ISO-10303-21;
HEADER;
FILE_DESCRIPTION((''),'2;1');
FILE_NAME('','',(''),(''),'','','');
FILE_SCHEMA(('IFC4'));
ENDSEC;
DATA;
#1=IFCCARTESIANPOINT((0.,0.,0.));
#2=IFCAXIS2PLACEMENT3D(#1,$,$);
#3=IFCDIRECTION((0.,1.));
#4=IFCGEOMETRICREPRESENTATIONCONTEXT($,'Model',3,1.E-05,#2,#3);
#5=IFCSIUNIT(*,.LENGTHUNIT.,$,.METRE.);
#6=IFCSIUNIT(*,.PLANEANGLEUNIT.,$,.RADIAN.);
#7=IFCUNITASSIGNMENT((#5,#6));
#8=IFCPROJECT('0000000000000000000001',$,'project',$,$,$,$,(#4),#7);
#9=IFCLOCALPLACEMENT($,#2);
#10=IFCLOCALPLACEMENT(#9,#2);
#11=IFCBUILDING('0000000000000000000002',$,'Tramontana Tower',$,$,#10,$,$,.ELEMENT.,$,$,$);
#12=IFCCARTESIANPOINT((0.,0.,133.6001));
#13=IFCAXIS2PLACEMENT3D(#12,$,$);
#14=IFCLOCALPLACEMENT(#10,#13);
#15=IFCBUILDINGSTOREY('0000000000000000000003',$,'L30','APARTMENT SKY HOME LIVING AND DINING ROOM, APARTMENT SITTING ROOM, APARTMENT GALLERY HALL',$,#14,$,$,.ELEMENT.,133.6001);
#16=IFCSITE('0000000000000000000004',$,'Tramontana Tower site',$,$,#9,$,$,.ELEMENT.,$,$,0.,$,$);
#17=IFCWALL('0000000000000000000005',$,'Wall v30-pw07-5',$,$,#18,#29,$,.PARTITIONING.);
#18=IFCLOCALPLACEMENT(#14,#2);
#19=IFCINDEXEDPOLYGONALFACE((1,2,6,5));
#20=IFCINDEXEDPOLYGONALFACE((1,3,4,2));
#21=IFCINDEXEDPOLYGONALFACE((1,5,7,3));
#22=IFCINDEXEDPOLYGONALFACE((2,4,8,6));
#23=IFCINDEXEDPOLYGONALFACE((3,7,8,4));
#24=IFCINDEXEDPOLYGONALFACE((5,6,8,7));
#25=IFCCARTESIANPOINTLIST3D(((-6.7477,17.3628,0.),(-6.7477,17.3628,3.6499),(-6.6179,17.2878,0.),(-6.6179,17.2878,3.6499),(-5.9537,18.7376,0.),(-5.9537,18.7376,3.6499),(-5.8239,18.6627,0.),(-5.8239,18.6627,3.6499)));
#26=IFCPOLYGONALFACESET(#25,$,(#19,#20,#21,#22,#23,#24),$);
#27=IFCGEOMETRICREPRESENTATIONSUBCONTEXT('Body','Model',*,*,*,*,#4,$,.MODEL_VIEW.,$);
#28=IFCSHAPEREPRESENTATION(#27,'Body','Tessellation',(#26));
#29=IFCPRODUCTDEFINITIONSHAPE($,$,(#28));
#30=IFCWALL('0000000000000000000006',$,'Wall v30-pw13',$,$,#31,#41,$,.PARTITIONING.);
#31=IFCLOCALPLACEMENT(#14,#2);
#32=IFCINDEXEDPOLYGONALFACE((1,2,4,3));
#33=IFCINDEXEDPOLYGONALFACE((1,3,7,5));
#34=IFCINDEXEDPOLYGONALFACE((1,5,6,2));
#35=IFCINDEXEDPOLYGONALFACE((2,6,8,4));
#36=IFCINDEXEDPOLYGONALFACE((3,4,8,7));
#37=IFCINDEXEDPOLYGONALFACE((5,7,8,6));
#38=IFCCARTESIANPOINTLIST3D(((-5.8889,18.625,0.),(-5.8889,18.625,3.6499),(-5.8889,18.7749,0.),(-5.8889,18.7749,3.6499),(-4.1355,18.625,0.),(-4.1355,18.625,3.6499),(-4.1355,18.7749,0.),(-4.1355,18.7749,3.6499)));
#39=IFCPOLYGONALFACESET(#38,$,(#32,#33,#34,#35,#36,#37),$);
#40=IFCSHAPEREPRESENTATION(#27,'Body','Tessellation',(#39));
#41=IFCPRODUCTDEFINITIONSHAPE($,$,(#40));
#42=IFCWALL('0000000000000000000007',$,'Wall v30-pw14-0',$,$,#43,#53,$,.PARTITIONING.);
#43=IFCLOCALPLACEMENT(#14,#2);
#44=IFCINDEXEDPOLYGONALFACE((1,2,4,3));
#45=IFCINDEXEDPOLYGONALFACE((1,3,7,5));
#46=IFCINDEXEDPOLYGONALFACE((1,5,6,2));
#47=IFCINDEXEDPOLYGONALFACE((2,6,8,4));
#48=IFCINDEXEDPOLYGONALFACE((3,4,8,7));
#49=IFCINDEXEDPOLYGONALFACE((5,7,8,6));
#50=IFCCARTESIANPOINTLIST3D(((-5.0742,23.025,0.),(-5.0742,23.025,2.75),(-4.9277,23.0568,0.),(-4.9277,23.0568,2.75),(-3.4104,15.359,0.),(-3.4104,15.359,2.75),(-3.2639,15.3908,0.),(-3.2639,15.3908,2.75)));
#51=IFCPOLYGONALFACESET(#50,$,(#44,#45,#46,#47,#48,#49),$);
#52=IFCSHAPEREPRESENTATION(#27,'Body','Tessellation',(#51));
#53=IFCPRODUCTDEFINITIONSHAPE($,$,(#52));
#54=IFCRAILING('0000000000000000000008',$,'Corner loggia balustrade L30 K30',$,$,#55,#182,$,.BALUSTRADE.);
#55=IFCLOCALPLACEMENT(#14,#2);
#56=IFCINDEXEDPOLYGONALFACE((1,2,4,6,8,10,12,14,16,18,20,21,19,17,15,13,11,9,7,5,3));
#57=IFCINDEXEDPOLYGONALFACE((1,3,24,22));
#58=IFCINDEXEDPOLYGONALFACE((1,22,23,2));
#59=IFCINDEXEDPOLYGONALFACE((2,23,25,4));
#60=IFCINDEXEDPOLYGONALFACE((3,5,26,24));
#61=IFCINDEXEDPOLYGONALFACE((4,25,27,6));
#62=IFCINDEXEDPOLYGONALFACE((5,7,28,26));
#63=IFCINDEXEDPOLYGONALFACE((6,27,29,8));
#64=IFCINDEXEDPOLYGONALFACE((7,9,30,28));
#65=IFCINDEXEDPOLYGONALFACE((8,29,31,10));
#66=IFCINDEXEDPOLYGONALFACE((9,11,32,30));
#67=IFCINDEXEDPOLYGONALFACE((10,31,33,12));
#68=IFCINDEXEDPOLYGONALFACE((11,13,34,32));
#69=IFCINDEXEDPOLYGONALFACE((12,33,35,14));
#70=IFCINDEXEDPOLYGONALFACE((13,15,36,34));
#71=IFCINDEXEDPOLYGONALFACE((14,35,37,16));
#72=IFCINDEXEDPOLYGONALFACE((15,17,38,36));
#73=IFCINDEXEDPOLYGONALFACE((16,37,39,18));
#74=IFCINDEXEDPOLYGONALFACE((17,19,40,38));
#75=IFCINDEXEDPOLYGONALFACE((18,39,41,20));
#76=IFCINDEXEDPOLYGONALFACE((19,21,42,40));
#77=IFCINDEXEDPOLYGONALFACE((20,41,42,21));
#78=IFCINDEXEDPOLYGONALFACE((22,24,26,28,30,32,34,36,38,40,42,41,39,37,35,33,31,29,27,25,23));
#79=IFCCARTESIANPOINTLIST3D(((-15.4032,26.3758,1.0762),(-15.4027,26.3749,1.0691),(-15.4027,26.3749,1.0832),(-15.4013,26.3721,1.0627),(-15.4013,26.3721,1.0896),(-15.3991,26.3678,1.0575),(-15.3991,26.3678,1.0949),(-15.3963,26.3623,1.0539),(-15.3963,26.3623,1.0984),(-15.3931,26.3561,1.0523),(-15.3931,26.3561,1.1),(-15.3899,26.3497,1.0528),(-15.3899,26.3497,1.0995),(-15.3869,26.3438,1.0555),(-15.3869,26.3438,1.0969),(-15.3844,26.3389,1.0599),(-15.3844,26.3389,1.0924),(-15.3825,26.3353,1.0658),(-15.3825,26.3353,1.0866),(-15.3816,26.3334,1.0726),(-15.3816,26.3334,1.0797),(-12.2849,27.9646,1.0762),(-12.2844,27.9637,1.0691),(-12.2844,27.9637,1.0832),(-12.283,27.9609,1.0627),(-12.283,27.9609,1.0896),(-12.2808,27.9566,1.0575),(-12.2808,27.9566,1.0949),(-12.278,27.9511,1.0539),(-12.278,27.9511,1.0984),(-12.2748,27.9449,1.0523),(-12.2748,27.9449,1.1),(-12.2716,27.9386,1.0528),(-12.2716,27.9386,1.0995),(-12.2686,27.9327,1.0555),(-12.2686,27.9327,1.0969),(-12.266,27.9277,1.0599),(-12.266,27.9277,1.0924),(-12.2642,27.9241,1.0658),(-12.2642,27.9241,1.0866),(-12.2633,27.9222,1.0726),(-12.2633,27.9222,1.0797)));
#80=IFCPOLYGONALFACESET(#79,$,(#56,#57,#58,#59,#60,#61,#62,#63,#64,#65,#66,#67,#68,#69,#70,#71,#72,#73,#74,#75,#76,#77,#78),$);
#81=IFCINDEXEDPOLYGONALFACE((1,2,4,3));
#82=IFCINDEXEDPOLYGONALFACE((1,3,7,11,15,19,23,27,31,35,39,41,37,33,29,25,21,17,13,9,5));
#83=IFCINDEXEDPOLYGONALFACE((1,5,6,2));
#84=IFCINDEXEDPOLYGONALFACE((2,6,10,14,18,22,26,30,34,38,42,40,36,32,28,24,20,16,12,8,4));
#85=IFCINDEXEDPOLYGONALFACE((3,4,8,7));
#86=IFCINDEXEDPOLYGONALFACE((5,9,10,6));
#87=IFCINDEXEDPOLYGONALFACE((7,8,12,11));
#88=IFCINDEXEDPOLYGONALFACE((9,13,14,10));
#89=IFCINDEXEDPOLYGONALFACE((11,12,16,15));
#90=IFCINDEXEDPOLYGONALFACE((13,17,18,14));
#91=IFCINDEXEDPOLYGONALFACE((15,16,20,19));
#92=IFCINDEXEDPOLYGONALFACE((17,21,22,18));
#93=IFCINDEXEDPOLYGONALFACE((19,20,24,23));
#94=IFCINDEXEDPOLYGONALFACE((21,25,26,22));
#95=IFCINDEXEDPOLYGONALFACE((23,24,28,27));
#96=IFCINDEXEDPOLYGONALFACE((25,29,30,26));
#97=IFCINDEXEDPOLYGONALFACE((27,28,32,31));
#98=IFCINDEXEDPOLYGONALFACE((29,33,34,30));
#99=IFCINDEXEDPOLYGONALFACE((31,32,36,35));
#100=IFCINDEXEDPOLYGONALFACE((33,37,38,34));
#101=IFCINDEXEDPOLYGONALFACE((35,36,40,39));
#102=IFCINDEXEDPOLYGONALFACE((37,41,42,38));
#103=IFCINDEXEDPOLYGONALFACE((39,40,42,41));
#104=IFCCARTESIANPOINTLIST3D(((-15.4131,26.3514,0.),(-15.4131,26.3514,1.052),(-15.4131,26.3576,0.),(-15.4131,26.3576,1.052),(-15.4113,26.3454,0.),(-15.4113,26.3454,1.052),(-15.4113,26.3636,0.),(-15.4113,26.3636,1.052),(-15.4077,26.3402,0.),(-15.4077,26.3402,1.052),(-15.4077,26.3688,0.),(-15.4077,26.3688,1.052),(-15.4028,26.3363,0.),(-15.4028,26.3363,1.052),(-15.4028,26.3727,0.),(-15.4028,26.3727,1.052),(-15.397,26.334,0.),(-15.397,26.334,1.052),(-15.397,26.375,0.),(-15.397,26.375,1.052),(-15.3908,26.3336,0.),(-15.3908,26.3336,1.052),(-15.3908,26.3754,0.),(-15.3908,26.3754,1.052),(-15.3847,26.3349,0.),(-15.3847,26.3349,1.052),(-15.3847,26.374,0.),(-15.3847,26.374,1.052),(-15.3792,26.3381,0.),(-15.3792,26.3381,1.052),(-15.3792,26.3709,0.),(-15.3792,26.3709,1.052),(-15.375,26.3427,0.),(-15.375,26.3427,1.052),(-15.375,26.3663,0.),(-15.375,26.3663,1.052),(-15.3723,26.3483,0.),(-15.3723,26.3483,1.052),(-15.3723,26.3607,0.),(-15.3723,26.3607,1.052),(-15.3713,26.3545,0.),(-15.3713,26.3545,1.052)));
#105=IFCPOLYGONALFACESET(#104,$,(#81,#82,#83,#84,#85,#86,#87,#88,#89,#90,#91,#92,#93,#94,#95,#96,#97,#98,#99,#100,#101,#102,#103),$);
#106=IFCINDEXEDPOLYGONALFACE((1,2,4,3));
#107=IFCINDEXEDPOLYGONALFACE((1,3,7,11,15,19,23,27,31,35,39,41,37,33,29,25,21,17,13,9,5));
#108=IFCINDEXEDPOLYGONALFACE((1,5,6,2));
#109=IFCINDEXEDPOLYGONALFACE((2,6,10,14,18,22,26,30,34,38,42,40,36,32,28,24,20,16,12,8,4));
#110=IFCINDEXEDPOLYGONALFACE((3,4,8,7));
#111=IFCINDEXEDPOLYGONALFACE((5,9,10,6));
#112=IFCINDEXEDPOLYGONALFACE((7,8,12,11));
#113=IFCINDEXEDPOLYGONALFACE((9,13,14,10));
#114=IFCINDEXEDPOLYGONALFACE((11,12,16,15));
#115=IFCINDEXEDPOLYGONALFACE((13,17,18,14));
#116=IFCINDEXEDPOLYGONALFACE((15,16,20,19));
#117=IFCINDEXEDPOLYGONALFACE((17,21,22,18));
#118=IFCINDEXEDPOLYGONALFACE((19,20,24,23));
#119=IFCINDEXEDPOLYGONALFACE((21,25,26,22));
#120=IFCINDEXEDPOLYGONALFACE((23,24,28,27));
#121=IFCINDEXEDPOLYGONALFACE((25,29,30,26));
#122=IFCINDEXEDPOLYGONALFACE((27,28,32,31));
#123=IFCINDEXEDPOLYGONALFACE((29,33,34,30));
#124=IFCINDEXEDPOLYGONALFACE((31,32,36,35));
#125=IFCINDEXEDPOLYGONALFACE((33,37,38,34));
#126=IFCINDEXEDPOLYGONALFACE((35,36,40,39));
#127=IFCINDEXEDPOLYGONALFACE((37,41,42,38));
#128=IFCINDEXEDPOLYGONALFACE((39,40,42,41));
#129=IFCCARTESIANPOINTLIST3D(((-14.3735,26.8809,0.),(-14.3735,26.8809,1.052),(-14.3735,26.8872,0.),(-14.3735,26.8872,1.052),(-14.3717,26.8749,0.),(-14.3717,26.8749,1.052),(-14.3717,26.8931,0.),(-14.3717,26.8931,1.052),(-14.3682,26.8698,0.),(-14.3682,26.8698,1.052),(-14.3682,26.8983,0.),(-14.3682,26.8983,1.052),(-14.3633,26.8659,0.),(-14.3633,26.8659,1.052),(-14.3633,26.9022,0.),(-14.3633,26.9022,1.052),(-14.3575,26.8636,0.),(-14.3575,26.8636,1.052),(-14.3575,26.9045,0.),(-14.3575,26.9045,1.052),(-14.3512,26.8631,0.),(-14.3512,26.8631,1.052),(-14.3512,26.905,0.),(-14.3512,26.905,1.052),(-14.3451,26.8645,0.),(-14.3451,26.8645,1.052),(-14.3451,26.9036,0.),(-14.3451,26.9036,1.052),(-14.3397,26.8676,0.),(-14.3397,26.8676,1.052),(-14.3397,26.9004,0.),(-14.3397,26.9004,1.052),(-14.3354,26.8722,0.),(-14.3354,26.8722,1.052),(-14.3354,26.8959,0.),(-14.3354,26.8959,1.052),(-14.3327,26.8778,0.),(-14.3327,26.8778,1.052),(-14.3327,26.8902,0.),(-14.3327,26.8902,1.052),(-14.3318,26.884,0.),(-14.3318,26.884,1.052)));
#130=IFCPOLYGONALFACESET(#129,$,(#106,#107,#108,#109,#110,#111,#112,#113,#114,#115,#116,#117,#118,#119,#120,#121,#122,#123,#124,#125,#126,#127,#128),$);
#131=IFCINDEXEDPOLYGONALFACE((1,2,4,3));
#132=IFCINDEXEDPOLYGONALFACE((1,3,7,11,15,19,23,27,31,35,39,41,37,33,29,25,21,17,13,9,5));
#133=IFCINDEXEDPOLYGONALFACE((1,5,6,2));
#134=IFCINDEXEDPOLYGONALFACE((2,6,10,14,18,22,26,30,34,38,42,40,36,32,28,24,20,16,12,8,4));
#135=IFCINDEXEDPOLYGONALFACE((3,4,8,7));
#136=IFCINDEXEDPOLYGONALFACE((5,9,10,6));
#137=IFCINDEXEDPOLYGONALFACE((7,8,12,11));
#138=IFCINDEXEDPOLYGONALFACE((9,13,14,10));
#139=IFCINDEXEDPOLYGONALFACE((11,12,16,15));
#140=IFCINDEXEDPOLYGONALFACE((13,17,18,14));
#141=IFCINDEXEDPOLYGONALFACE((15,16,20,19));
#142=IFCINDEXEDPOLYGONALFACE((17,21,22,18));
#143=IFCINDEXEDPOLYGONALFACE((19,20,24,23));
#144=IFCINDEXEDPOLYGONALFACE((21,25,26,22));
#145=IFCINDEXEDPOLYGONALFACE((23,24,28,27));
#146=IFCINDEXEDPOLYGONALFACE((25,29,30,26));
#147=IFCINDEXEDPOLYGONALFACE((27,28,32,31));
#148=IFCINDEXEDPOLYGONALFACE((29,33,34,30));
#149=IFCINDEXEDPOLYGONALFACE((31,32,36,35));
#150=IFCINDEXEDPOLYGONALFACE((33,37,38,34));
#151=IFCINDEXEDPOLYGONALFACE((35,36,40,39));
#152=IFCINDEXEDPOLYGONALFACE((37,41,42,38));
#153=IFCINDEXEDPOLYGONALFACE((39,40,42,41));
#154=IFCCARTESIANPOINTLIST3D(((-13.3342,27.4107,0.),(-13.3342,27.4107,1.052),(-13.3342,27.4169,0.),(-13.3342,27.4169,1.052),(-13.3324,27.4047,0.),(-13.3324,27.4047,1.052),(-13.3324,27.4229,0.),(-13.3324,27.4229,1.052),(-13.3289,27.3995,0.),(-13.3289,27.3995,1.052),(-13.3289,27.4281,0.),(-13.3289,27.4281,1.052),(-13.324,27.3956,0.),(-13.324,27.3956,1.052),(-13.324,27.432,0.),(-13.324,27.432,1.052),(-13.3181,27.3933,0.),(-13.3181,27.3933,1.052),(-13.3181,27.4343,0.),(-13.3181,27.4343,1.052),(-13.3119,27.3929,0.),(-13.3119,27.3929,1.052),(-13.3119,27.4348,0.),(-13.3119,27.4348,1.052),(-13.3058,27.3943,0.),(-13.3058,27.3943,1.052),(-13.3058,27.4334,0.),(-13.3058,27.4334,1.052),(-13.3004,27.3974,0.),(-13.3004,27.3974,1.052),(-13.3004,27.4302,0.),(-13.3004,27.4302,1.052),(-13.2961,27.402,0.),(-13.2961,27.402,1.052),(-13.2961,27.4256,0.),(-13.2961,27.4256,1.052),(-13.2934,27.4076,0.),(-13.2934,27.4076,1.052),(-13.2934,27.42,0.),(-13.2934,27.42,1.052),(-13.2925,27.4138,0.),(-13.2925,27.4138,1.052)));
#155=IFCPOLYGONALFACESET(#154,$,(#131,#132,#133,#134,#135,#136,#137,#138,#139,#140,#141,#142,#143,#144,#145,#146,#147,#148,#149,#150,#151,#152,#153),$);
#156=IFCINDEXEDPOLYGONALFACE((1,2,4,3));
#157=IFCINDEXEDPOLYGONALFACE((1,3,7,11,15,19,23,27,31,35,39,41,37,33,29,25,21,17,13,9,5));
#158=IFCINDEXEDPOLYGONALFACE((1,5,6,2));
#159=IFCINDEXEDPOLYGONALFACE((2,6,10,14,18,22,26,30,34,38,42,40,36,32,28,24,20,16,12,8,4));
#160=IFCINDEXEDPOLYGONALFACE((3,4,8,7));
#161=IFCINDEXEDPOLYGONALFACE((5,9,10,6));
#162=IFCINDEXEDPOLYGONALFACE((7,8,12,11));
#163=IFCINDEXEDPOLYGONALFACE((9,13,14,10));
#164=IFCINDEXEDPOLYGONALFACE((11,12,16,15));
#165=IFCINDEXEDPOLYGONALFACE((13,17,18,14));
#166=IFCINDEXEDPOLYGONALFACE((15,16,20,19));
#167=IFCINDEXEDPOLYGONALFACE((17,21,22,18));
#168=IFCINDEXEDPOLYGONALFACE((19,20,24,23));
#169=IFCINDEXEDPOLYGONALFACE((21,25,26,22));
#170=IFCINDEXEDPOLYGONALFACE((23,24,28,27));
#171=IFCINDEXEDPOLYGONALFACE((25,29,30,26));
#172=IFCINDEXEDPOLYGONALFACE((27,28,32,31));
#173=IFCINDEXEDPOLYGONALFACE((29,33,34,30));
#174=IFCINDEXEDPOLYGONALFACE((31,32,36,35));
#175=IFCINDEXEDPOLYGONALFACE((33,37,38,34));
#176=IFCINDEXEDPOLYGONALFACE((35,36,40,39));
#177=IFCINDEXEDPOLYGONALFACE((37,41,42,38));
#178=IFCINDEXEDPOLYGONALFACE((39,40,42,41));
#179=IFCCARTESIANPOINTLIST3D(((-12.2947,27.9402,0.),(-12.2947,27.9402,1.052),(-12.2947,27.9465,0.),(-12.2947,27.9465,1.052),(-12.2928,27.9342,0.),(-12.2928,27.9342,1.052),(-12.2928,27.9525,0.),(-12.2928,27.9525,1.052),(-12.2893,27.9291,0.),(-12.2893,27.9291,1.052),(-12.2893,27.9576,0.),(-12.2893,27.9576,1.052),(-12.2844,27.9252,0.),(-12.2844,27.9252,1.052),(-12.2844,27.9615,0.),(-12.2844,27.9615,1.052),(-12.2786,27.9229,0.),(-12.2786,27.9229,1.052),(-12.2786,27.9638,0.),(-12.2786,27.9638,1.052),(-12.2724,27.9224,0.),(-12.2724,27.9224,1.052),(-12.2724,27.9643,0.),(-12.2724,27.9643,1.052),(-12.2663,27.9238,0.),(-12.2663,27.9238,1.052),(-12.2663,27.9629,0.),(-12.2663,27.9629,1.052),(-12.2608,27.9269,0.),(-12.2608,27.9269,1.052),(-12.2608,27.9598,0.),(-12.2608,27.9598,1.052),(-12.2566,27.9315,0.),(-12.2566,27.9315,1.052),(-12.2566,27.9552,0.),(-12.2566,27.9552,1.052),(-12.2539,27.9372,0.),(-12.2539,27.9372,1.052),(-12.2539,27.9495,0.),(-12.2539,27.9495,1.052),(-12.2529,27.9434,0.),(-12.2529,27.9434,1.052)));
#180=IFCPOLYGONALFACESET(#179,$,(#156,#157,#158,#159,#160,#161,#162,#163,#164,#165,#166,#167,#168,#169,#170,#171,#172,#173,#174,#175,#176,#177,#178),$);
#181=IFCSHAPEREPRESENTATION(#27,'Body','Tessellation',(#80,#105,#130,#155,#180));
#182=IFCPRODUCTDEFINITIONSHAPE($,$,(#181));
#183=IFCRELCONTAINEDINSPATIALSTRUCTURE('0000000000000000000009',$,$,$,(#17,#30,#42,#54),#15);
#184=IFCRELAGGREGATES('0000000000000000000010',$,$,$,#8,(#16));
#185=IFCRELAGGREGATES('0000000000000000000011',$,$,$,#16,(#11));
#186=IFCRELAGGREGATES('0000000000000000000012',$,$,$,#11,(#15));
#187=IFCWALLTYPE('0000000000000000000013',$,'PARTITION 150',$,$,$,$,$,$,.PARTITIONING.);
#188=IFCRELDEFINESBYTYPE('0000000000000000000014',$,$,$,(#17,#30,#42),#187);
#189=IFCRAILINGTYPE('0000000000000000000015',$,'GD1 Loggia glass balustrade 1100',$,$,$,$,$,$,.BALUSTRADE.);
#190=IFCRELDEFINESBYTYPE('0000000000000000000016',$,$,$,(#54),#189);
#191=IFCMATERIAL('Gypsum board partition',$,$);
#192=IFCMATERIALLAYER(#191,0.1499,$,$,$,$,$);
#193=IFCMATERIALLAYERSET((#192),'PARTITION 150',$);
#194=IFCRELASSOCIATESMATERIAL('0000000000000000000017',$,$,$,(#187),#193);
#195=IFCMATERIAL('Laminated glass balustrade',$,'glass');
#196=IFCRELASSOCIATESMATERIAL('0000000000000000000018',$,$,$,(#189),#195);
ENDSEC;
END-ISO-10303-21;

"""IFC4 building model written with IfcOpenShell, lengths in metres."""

from ifc_helpers import new_model, si_unit, direction, frame, frame_2d, origin, origin_2d, place, context, subcontext, project, spatial, rectangle, circle, extrude, material, layer, layer_set, type_object, element, save


model = new_model("IFC4")

# Units and contexts
model_context = context("Model", 3, precision=1e-05, world=origin(), true_north=direction((0.0, 1.0)))
body_context = subcontext(model_context, "Body", "Model", "MODEL_VIEW")
ifc_project = project(units=[si_unit("LENGTHUNIT", "METRE"), si_unit("PLANEANGLEUNIT", "RADIAN")], contexts=[model_context])

# Site, building, storey
site_placement = place(None, origin())
site = spatial("IfcSite", under=ifc_project, at=site_placement, Name="Tramontana Tower site", CompositionType="ELEMENT", RefElevation=0.0)
building_placement = place(site_placement, origin())
building = spatial("IfcBuilding", under=site, at=building_placement, Name="Tramontana Tower", CompositionType="ELEMENT")
storey_placement = place(building_placement, frame((0.0, 0.0, 133.6001)))
storey = spatial("IfcBuildingStorey", under=building, at=storey_placement, Name="L30", Description="APARTMENT SKY HOME LIVING AND DINING ROOM, APARTMENT SITTING ROOM, APARTMENT GALLERY HALL", CompositionType="ELEMENT", Elevation=133.6001)

# Walls
ifc_material_1 = material(Name="Gypsum board partition")
ifc_layer_1 = layer(ifc_material_1, 0.1499)
ifc_layer_set_1 = layer_set([ifc_layer_1], Name="PARTITION 150")
wall_type_1 = type_object("IfcWallType", Name="PARTITION 150", PredefinedType="PARTITIONING", material=ifc_layer_set_1)
wall_1_placement = place(storey_placement, frame((-6.6829, 17.3252, 0.0), z_axis=(0.0, 0.0, 1.0), x_axis=(0.500108, 0.865963, 0.0)))
element("IfcWall", 1, at=wall_1_placement, inside=storey, type_object=wall_type_1, Name="Wall v30-pw07-5", PredefinedType="PARTITIONING", context=body_context, shape_type="SweptSolid", body=[
    extrude(rectangle(XDim=1.5876, YDim=0.1499, at=frame_2d((0.7939, 0.0))), origin(), (0.0, 0.0, 1.0), 3.6499),
])
wall_2_placement = place(storey_placement, frame((-5.8889, 18.7, 0.0), z_axis=(0.0, 0.0, 1.0), x_axis=(1.0, 0.0, 0.0)))
element("IfcWall", 2, at=wall_2_placement, inside=storey, type_object=wall_type_1, Name="Wall v30-pw13", PredefinedType="PARTITIONING", context=body_context, shape_type="SweptSolid", body=[
    extrude(rectangle(XDim=1.7534, YDim=0.1499, at=frame_2d((0.8767, 0.0))), origin(), (0.0, 0.0, 1.0), 3.6499),
])
wall_3_placement = place(storey_placement, frame((-5.001, 23.041, 0.0), z_axis=(0.0, 0.0, 1.0), x_axis=(0.2121, -0.977248, 0.0)))
element("IfcWall", 3, at=wall_3_placement, inside=storey, type_object=wall_type_1, Name="Wall v30-pw14-0", PredefinedType="PARTITIONING", context=body_context, shape_type="SweptSolid", body=[
    extrude(rectangle(XDim=7.8445, YDim=0.1499, at=frame_2d((3.9224, 0.0))), origin(), (0.0, 0.0, 1.0), 2.75),
])

# Railing
ifc_material_2 = material(Name="Laminated glass balustrade", Category="glass")
railing_type = type_object("IfcRailingType", Name="GD1 Loggia glass balustrade 1100", PredefinedType="BALUSTRADE", material=ifc_material_2)
railing_placement = place(storey_placement, frame((-15.3923, 26.3545, 0.0)))
element("IfcRailing", 4, at=railing_placement, inside=storey, type_object=railing_type, Name="Corner loggia balustrade L30 K30", PredefinedType="BALUSTRADE", context=body_context, shape_type="SweptSolid", body=[
    extrude(circle(Radius=0.0239, at=origin_2d()), frame((0.0, 0.0, 1.0762), z_axis=(0.891011, 0.453981, 0.0), x_axis=(-0.453981, 0.891011, 0.0)), (0.0, 0.0, 1.0), 3.4998),
    extrude(circle(Radius=0.021, at=origin_2d()), origin(), (0.0, 0.0, 1.0), 1.052),
    extrude(circle(Radius=0.021, at=origin_2d()), frame((1.0396, 0.5295, 0.0)), (0.0, 0.0, 1.0), 1.052),
    extrude(circle(Radius=0.021, at=origin_2d()), frame((2.0789, 1.0593, 0.0)), (0.0, 0.0, 1.0), 1.052),
    extrude(circle(Radius=0.021, at=origin_2d()), frame((3.1184, 1.5889, 0.0)), (0.0, 0.0, 1.0), 1.052),
])

save(model, "model.ifc")
